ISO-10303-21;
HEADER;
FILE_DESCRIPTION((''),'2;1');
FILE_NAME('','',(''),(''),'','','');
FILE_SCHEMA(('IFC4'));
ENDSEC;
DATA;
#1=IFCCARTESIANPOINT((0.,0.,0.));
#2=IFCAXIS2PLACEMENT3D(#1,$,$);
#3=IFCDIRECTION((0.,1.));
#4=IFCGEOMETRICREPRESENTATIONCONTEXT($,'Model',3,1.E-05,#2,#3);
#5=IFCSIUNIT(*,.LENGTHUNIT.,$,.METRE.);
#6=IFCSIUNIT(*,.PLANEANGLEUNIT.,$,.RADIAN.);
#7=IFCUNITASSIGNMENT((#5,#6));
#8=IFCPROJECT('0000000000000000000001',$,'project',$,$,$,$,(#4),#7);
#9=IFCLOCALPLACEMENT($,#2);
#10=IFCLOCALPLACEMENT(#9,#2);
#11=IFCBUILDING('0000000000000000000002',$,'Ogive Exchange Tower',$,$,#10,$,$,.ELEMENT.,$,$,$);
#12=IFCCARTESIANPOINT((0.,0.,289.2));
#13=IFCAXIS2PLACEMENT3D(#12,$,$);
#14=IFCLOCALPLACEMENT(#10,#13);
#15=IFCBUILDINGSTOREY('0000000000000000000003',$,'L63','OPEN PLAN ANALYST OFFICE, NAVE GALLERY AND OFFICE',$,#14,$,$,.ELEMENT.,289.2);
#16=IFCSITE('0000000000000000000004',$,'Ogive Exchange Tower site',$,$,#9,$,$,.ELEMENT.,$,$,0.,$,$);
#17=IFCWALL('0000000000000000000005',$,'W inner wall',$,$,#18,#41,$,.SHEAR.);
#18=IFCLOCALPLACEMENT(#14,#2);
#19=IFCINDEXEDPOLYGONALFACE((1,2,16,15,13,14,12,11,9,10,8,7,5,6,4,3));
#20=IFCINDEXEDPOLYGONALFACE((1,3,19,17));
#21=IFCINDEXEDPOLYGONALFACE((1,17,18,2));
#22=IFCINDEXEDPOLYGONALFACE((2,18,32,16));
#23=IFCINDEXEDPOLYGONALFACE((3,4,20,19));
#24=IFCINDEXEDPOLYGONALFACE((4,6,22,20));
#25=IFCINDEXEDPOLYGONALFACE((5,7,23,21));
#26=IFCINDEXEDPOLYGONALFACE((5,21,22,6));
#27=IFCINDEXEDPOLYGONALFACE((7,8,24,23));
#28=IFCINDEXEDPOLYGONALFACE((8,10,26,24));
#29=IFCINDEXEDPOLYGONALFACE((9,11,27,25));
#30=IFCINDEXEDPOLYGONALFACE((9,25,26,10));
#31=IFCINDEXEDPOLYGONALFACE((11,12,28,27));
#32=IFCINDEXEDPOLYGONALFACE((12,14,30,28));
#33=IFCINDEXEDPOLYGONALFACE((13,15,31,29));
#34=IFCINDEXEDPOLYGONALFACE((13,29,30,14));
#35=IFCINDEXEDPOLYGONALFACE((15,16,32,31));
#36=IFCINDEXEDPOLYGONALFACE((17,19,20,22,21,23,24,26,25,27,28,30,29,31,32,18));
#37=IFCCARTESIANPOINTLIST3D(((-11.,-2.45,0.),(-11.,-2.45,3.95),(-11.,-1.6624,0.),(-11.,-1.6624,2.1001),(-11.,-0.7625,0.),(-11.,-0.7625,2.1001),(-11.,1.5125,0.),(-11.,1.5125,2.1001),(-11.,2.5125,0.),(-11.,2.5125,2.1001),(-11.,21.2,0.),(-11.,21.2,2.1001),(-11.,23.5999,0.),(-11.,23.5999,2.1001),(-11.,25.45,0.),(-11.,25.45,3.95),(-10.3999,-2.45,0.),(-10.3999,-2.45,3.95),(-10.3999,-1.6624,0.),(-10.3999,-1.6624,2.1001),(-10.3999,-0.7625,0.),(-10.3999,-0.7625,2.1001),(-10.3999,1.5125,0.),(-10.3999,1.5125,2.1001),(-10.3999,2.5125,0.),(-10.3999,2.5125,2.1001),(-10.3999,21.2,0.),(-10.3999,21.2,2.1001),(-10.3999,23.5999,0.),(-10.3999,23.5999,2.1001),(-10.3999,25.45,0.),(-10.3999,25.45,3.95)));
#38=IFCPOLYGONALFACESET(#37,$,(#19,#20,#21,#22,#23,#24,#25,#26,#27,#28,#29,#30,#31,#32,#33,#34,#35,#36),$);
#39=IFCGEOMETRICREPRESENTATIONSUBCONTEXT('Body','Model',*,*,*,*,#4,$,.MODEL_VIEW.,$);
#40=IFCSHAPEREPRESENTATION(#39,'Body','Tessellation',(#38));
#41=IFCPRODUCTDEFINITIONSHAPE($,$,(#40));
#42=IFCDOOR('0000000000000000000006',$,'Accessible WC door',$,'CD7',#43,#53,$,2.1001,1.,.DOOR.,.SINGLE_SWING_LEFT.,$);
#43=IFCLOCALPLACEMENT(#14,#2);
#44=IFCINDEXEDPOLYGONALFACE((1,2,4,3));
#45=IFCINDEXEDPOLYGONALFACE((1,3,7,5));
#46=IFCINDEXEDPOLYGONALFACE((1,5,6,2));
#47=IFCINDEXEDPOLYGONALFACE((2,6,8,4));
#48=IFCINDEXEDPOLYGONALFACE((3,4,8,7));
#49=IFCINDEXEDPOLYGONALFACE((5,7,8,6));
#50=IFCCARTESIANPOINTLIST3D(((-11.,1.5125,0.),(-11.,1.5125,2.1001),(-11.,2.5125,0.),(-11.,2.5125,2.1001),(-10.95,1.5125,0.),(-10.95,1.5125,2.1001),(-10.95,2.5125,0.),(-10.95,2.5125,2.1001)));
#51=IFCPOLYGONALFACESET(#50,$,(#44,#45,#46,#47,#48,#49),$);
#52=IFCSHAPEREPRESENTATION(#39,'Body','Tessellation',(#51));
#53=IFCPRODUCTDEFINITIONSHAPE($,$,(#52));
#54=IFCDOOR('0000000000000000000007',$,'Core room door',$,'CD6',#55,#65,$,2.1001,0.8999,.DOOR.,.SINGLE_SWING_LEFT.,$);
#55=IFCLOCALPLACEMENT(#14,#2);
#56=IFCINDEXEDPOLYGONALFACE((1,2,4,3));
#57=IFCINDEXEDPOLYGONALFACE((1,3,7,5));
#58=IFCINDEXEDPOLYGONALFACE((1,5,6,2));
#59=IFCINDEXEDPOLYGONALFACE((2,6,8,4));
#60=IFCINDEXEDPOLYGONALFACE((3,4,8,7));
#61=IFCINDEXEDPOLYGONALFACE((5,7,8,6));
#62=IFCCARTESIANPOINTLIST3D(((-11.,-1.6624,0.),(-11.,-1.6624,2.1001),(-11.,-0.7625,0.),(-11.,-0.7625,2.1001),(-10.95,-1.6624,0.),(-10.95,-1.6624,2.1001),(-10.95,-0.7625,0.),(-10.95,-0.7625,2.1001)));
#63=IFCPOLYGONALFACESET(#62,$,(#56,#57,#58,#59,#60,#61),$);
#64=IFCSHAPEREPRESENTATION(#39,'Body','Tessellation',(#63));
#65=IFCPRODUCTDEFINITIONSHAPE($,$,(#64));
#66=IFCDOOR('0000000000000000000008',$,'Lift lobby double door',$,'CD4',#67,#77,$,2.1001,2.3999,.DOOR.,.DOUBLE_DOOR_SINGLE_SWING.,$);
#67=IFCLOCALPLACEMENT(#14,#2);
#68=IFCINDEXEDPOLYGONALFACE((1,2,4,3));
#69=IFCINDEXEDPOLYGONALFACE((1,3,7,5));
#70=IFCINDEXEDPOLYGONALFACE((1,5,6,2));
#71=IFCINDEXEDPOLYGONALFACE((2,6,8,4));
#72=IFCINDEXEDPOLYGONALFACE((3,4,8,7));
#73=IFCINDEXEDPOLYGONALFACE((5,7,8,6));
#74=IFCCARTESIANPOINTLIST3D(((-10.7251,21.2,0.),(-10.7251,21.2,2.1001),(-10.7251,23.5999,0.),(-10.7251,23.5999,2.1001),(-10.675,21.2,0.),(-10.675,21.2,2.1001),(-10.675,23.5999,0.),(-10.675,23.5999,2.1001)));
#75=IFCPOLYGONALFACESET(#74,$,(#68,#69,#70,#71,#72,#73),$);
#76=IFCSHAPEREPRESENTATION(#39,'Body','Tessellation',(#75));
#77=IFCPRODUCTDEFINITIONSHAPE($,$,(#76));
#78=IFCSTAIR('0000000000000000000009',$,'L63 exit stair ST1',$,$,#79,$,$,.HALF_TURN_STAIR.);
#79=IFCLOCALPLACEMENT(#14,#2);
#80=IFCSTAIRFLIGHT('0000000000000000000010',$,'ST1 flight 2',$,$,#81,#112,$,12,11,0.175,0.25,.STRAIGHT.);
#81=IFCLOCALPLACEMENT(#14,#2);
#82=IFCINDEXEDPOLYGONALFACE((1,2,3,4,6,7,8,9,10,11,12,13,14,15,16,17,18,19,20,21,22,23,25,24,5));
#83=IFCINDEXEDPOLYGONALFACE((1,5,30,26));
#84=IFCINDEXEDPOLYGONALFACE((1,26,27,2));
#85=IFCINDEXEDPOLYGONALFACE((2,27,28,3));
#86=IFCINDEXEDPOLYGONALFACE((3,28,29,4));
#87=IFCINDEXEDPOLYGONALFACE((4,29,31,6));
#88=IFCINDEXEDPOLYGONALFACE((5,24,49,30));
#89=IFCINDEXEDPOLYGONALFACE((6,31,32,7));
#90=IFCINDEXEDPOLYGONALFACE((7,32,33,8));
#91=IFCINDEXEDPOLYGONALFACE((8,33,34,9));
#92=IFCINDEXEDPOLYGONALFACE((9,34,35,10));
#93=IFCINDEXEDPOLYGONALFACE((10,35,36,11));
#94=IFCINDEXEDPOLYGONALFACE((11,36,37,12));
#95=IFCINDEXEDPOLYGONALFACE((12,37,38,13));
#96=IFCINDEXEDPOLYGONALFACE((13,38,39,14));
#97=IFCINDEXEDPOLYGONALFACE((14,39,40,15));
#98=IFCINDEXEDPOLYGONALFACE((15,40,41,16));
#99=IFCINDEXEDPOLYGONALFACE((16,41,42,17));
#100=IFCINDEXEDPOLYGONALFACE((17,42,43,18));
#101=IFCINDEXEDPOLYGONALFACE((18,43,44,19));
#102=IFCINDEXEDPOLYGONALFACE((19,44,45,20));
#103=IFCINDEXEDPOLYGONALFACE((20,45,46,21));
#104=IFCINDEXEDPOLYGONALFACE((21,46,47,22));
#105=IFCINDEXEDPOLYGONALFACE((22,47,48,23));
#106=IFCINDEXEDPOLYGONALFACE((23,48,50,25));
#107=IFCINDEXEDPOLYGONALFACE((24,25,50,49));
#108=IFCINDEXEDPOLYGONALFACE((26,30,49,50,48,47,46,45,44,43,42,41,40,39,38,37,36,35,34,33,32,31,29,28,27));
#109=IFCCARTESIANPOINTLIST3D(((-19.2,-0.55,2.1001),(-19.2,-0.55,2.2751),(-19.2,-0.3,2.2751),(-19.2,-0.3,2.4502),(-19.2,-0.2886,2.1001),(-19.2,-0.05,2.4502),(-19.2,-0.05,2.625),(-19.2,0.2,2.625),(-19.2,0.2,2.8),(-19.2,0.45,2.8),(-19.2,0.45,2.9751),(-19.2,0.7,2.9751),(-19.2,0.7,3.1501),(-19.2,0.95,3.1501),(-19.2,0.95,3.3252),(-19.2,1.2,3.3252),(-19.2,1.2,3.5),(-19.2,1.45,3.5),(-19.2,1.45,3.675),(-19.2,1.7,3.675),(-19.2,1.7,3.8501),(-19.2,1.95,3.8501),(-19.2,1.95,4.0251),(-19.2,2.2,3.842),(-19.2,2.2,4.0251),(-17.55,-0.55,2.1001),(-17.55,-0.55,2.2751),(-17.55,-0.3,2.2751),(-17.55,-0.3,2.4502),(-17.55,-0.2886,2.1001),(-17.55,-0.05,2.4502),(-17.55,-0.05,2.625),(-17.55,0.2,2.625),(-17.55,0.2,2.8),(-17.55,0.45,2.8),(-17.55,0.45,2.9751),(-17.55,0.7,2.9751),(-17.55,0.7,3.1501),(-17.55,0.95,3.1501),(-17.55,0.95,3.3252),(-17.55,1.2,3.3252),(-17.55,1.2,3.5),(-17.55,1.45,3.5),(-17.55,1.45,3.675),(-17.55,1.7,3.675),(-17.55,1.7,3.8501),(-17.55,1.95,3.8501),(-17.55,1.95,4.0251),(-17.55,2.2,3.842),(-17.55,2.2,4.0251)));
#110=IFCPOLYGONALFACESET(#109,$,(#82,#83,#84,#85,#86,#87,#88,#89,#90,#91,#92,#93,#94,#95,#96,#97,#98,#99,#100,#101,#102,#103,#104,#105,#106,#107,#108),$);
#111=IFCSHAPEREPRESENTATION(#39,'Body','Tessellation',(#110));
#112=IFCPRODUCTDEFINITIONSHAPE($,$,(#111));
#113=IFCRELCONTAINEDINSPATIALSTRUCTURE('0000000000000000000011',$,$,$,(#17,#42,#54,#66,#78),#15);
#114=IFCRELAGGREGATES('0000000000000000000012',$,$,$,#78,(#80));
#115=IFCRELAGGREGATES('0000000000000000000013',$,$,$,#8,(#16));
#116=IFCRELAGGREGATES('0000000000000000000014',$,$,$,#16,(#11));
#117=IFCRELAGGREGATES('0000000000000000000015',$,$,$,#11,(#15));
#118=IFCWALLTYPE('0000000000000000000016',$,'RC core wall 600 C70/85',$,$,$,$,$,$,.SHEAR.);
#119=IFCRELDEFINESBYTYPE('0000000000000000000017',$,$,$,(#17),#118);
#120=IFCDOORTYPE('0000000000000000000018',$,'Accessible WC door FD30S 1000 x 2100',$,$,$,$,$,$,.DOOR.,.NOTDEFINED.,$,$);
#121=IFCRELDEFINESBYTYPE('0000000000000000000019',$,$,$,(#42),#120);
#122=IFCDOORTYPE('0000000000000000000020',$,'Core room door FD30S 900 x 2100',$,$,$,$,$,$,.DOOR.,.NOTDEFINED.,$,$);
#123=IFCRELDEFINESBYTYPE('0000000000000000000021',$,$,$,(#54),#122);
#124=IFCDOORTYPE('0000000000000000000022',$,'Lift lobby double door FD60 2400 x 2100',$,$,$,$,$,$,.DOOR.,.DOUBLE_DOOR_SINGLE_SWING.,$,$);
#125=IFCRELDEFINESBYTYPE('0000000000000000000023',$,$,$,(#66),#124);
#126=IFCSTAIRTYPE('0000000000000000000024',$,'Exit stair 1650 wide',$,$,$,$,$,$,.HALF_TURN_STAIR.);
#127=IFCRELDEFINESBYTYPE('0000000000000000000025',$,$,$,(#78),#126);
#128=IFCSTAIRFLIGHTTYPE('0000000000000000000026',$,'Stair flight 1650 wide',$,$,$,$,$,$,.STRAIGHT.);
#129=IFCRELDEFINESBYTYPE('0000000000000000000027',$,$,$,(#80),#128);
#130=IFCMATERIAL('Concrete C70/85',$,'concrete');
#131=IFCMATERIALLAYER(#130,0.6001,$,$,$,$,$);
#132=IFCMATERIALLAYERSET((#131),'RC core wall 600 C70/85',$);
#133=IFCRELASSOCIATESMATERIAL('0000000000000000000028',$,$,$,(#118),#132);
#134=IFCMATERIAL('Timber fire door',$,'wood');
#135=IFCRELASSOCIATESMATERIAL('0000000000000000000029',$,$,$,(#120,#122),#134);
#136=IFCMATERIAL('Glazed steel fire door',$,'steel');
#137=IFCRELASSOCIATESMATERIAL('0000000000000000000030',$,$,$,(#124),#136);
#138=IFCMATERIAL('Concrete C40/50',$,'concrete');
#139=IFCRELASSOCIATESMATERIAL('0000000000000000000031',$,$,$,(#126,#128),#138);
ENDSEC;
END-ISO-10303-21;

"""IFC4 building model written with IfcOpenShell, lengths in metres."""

from ifc_helpers import new_model, si_unit, direction, frame, frame_2d, origin, place, context, subcontext, project, spatial, polyline, rectangle, outline, extrude, material, layer, layer_set, type_object, element, fill, aggregate, save


model = new_model("IFC4")

# Units and contexts
model_context = context("Model", 3, precision=1e-05, world=origin(), true_north=direction((0.0, 1.0)))
body_context = subcontext(model_context, "Body", "Model", "MODEL_VIEW")
ifc_project = project(units=[si_unit("LENGTHUNIT", "METRE"), si_unit("PLANEANGLEUNIT", "RADIAN")], contexts=[model_context])

# Site, building, storey
site_placement = place(None, origin())
site = spatial("IfcSite", under=ifc_project, at=site_placement, Name="Ogive Exchange Tower site", CompositionType="ELEMENT", RefElevation=0.0)
building_placement = place(site_placement, origin())
building = spatial("IfcBuilding", under=site, at=building_placement, Name="Ogive Exchange Tower", CompositionType="ELEMENT")
storey_placement = place(building_placement, frame((0.0, 0.0, 289.2)))
storey = spatial("IfcBuildingStorey", under=building, at=storey_placement, Name="L63", Description="OPEN PLAN ANALYST OFFICE, NAVE GALLERY AND OFFICE", CompositionType="ELEMENT", Elevation=289.2)

# Shared definitions
ifc_material_1 = material(Name="Concrete C70/85", Category="concrete")

# Wall, openings, doors
ifc_layer_1 = layer(ifc_material_1, 0.6001)
ifc_layer_set_1 = layer_set([ifc_layer_1], Name="RC core wall 600 C70/85")
wall_type_1 = type_object("IfcWallType", Name="RC core wall 600 C70/85", PredefinedType="SHEAR", material=ifc_layer_set_1)
wall_1_placement = place(storey_placement, frame((-10.7, -2.45, 0.0), z_axis=(0.0, 0.0, 1.0), x_axis=(0.0, 1.0, 0.0)))
wall_1 = element("IfcWall", 1, at=wall_1_placement, inside=storey, type_object=wall_type_1, Name="W inner wall", PredefinedType="SHEAR", context=body_context, shape_type="SweptSolid", body=[
    extrude(rectangle(XDim=27.8999, YDim=0.6001, at=frame_2d((13.95, 0.0))), origin(), (0.0, 0.0, 1.0), 3.95),
])
opening_1_placement = place(wall_1_placement, frame((23.6499, 0.0, 0.0)))
opening_1 = element("IfcOpeningElement", 2, at=opening_1_placement, cuts=wall_1, PredefinedType="OPENING", context=body_context, shape_type="SweptSolid", body=[
    extrude(rectangle(XDim=2.3999, YDim=2.1001, at=frame_2d((1.2, 1.05))), frame((0.0, 0.3101, 0.0), z_axis=(0.0, -1.0, 0.0), x_axis=(1.0, 0.0, 0.0)), (0.0, 0.0, 1.0), 0.6201),
])
opening_2_placement = place(wall_1_placement, frame((0.7876, 0.0, 0.0)))
opening_2 = element("IfcOpeningElement", 3, at=opening_2_placement, cuts=wall_1, PredefinedType="OPENING", context=body_context, shape_type="SweptSolid", body=[
    extrude(rectangle(XDim=0.8999, YDim=2.1001, at=frame_2d((0.45, 1.05))), frame((0.0, 0.3101, 0.0), z_axis=(0.0, -1.0, 0.0), x_axis=(1.0, 0.0, 0.0)), (0.0, 0.0, 1.0), 0.6201),
])
opening_3_placement = place(wall_1_placement, frame((3.9624, 0.0, 0.0)))
opening_3 = element("IfcOpeningElement", 4, at=opening_3_placement, cuts=wall_1, PredefinedType="OPENING", context=body_context, shape_type="SweptSolid", body=[
    extrude(rectangle(XDim=1.0, YDim=2.1001, at=frame_2d((0.5, 1.05))), frame((0.0, 0.3101, 0.0), z_axis=(0.0, -1.0, 0.0), x_axis=(1.0, 0.0, 0.0)), (0.0, 0.0, 1.0), 0.6201),
])
ifc_material_2 = material(Name="Timber fire door", Category="wood")
door_type_1 = type_object("IfcDoorType", Name="Accessible WC door FD30S 1000 x 2100", OperationType="NOTDEFINED", PredefinedType="DOOR", material=ifc_material_2)
door_1_placement = place(opening_3_placement, frame((1.0, 0.5498, 0.0), z_axis=(0.0, 0.0, 1.0), x_axis=(-1.0, 0.0, 0.0)))
door_1 = element("IfcDoor", 5, at=door_1_placement, inside=storey, type_object=door_type_1, Name="Accessible WC door", ObjectType="CD7", OperationType="SINGLE_SWING_LEFT", OverallHeight=2.1001, OverallWidth=1.0, PredefinedType="DOOR", context=body_context, shape_type="SweptSolid", body=[
    extrude(rectangle(XDim=1.0, YDim=2.1001, at=frame_2d((0.5, 1.05))), frame((0.0, 0.2998, 0.0), z_axis=(0.0, -1.0, 0.0), x_axis=(1.0, 0.0, 0.0)), (0.0, 0.0, 1.0), 0.05),
])
fill(opening_3, door_1)
door_type_2 = type_object("IfcDoorType", Name="Core room door FD30S 900 x 2100", OperationType="NOTDEFINED", PredefinedType="DOOR", material=ifc_material_2)
door_2_placement = place(opening_2_placement, frame((0.8999, 0.5498, 0.0), z_axis=(0.0, 0.0, 1.0), x_axis=(-1.0, 0.0, 0.0)))
door_2 = element("IfcDoor", 6, at=door_2_placement, inside=storey, type_object=door_type_2, Name="Core room door", ObjectType="CD6", OperationType="SINGLE_SWING_LEFT", OverallHeight=2.1001, OverallWidth=0.8999, PredefinedType="DOOR", context=body_context, shape_type="SweptSolid", body=[
    extrude(rectangle(XDim=0.8999, YDim=2.1001, at=frame_2d((0.45, 1.05))), frame((0.0, 0.2998, 0.0), z_axis=(0.0, -1.0, 0.0), x_axis=(1.0, 0.0, 0.0)), (0.0, 0.0, 1.0), 0.05),
])
fill(opening_2, door_2)
ifc_material_3 = material(Name="Glazed steel fire door", Category="steel")
door_type_3 = type_object("IfcDoorType", Name="Lift lobby double door FD60 2400 x 2100", OperationType="DOUBLE_DOOR_SINGLE_SWING", PredefinedType="DOOR", material=ifc_material_3)
door_3_placement = place(opening_1_placement, frame((2.3999, 0.0, 0.0), z_axis=(0.0, 0.0, 1.0), x_axis=(-1.0, 0.0, 0.0)))
door_3 = element("IfcDoor", 7, at=door_3_placement, inside=storey, type_object=door_type_3, Name="Lift lobby double door", ObjectType="CD4", OperationType="DOUBLE_DOOR_SINGLE_SWING", OverallHeight=2.1001, OverallWidth=2.3999, PredefinedType="DOOR", context=body_context, shape_type="SweptSolid", body=[
    extrude(rectangle(XDim=2.3999, YDim=2.1001, at=frame_2d((1.2, 1.05))), frame((0.0, 0.0249, 0.0), z_axis=(0.0, -1.0, 0.0), x_axis=(1.0, 0.0, 0.0)), (0.0, 0.0, 1.0), 0.05),
])
fill(opening_1, door_3)

# Stair, stair flight
ifc_material_4 = material(Name="Concrete C40/50", Category="concrete")
stair_type = type_object("IfcStairType", Name="Exit stair 1650 wide", PredefinedType="HALF_TURN_STAIR", material=ifc_material_4)
stair_placement = place(storey_placement, origin())
stair = element("IfcStair", 8, at=stair_placement, inside=storey, type_object=stair_type, Name="L63 exit stair ST1", PredefinedType="HALF_TURN_STAIR")
stair_flight_type = type_object("IfcStairFlightType", Name="Stair flight 1650 wide", PredefinedType="STRAIGHT", material=ifc_material_4)
stair_flight_placement = place(storey_placement, frame((-18.375, -0.55, 2.1001), z_axis=(0.0, 0.0, 1.0), x_axis=(0.0, 1.0, 0.0)))
stair_flight = element("IfcStairFlight", 9, at=stair_flight_placement, type_object=stair_flight_type, Name="ST1 flight 2", NumberOfRisers=12, NumberOfTreads=11, PredefinedType="STRAIGHT", RiserHeight=0.175, TreadLength=0.25, context=body_context, shape_type="SweptSolid", body=[
    extrude(outline(polyline([(0.0, 0.0), (0.0, 0.175), (0.25, 0.175), (0.25, 0.3501), (0.5, 0.3501), (0.5, 0.5249), (0.75, 0.5249), (0.75, 0.7), (1.0, 0.7), (1.0, 0.875), (1.25, 0.875), (1.25, 1.05), (1.5, 1.05), (1.5, 1.2251), (1.75, 1.2251), (1.75, 1.3999), (2.0, 1.3999), (2.0, 1.575), (2.25, 1.575), (2.25, 1.75), (2.5, 1.75), (2.5, 1.925), (2.75, 1.925), (2.75, 2.1001), (2.75, 1.7419), (0.2615, 0.0), (0.0, 0.0)])), frame((0.0, 0.825, 0.0), z_axis=(0.0, -1.0, 0.0), x_axis=(1.0, 0.0, 0.0)), (0.0, 0.0, 1.0), 1.6499),
])
aggregate(stair, [stair_flight])

save(model, "model.ifc")
